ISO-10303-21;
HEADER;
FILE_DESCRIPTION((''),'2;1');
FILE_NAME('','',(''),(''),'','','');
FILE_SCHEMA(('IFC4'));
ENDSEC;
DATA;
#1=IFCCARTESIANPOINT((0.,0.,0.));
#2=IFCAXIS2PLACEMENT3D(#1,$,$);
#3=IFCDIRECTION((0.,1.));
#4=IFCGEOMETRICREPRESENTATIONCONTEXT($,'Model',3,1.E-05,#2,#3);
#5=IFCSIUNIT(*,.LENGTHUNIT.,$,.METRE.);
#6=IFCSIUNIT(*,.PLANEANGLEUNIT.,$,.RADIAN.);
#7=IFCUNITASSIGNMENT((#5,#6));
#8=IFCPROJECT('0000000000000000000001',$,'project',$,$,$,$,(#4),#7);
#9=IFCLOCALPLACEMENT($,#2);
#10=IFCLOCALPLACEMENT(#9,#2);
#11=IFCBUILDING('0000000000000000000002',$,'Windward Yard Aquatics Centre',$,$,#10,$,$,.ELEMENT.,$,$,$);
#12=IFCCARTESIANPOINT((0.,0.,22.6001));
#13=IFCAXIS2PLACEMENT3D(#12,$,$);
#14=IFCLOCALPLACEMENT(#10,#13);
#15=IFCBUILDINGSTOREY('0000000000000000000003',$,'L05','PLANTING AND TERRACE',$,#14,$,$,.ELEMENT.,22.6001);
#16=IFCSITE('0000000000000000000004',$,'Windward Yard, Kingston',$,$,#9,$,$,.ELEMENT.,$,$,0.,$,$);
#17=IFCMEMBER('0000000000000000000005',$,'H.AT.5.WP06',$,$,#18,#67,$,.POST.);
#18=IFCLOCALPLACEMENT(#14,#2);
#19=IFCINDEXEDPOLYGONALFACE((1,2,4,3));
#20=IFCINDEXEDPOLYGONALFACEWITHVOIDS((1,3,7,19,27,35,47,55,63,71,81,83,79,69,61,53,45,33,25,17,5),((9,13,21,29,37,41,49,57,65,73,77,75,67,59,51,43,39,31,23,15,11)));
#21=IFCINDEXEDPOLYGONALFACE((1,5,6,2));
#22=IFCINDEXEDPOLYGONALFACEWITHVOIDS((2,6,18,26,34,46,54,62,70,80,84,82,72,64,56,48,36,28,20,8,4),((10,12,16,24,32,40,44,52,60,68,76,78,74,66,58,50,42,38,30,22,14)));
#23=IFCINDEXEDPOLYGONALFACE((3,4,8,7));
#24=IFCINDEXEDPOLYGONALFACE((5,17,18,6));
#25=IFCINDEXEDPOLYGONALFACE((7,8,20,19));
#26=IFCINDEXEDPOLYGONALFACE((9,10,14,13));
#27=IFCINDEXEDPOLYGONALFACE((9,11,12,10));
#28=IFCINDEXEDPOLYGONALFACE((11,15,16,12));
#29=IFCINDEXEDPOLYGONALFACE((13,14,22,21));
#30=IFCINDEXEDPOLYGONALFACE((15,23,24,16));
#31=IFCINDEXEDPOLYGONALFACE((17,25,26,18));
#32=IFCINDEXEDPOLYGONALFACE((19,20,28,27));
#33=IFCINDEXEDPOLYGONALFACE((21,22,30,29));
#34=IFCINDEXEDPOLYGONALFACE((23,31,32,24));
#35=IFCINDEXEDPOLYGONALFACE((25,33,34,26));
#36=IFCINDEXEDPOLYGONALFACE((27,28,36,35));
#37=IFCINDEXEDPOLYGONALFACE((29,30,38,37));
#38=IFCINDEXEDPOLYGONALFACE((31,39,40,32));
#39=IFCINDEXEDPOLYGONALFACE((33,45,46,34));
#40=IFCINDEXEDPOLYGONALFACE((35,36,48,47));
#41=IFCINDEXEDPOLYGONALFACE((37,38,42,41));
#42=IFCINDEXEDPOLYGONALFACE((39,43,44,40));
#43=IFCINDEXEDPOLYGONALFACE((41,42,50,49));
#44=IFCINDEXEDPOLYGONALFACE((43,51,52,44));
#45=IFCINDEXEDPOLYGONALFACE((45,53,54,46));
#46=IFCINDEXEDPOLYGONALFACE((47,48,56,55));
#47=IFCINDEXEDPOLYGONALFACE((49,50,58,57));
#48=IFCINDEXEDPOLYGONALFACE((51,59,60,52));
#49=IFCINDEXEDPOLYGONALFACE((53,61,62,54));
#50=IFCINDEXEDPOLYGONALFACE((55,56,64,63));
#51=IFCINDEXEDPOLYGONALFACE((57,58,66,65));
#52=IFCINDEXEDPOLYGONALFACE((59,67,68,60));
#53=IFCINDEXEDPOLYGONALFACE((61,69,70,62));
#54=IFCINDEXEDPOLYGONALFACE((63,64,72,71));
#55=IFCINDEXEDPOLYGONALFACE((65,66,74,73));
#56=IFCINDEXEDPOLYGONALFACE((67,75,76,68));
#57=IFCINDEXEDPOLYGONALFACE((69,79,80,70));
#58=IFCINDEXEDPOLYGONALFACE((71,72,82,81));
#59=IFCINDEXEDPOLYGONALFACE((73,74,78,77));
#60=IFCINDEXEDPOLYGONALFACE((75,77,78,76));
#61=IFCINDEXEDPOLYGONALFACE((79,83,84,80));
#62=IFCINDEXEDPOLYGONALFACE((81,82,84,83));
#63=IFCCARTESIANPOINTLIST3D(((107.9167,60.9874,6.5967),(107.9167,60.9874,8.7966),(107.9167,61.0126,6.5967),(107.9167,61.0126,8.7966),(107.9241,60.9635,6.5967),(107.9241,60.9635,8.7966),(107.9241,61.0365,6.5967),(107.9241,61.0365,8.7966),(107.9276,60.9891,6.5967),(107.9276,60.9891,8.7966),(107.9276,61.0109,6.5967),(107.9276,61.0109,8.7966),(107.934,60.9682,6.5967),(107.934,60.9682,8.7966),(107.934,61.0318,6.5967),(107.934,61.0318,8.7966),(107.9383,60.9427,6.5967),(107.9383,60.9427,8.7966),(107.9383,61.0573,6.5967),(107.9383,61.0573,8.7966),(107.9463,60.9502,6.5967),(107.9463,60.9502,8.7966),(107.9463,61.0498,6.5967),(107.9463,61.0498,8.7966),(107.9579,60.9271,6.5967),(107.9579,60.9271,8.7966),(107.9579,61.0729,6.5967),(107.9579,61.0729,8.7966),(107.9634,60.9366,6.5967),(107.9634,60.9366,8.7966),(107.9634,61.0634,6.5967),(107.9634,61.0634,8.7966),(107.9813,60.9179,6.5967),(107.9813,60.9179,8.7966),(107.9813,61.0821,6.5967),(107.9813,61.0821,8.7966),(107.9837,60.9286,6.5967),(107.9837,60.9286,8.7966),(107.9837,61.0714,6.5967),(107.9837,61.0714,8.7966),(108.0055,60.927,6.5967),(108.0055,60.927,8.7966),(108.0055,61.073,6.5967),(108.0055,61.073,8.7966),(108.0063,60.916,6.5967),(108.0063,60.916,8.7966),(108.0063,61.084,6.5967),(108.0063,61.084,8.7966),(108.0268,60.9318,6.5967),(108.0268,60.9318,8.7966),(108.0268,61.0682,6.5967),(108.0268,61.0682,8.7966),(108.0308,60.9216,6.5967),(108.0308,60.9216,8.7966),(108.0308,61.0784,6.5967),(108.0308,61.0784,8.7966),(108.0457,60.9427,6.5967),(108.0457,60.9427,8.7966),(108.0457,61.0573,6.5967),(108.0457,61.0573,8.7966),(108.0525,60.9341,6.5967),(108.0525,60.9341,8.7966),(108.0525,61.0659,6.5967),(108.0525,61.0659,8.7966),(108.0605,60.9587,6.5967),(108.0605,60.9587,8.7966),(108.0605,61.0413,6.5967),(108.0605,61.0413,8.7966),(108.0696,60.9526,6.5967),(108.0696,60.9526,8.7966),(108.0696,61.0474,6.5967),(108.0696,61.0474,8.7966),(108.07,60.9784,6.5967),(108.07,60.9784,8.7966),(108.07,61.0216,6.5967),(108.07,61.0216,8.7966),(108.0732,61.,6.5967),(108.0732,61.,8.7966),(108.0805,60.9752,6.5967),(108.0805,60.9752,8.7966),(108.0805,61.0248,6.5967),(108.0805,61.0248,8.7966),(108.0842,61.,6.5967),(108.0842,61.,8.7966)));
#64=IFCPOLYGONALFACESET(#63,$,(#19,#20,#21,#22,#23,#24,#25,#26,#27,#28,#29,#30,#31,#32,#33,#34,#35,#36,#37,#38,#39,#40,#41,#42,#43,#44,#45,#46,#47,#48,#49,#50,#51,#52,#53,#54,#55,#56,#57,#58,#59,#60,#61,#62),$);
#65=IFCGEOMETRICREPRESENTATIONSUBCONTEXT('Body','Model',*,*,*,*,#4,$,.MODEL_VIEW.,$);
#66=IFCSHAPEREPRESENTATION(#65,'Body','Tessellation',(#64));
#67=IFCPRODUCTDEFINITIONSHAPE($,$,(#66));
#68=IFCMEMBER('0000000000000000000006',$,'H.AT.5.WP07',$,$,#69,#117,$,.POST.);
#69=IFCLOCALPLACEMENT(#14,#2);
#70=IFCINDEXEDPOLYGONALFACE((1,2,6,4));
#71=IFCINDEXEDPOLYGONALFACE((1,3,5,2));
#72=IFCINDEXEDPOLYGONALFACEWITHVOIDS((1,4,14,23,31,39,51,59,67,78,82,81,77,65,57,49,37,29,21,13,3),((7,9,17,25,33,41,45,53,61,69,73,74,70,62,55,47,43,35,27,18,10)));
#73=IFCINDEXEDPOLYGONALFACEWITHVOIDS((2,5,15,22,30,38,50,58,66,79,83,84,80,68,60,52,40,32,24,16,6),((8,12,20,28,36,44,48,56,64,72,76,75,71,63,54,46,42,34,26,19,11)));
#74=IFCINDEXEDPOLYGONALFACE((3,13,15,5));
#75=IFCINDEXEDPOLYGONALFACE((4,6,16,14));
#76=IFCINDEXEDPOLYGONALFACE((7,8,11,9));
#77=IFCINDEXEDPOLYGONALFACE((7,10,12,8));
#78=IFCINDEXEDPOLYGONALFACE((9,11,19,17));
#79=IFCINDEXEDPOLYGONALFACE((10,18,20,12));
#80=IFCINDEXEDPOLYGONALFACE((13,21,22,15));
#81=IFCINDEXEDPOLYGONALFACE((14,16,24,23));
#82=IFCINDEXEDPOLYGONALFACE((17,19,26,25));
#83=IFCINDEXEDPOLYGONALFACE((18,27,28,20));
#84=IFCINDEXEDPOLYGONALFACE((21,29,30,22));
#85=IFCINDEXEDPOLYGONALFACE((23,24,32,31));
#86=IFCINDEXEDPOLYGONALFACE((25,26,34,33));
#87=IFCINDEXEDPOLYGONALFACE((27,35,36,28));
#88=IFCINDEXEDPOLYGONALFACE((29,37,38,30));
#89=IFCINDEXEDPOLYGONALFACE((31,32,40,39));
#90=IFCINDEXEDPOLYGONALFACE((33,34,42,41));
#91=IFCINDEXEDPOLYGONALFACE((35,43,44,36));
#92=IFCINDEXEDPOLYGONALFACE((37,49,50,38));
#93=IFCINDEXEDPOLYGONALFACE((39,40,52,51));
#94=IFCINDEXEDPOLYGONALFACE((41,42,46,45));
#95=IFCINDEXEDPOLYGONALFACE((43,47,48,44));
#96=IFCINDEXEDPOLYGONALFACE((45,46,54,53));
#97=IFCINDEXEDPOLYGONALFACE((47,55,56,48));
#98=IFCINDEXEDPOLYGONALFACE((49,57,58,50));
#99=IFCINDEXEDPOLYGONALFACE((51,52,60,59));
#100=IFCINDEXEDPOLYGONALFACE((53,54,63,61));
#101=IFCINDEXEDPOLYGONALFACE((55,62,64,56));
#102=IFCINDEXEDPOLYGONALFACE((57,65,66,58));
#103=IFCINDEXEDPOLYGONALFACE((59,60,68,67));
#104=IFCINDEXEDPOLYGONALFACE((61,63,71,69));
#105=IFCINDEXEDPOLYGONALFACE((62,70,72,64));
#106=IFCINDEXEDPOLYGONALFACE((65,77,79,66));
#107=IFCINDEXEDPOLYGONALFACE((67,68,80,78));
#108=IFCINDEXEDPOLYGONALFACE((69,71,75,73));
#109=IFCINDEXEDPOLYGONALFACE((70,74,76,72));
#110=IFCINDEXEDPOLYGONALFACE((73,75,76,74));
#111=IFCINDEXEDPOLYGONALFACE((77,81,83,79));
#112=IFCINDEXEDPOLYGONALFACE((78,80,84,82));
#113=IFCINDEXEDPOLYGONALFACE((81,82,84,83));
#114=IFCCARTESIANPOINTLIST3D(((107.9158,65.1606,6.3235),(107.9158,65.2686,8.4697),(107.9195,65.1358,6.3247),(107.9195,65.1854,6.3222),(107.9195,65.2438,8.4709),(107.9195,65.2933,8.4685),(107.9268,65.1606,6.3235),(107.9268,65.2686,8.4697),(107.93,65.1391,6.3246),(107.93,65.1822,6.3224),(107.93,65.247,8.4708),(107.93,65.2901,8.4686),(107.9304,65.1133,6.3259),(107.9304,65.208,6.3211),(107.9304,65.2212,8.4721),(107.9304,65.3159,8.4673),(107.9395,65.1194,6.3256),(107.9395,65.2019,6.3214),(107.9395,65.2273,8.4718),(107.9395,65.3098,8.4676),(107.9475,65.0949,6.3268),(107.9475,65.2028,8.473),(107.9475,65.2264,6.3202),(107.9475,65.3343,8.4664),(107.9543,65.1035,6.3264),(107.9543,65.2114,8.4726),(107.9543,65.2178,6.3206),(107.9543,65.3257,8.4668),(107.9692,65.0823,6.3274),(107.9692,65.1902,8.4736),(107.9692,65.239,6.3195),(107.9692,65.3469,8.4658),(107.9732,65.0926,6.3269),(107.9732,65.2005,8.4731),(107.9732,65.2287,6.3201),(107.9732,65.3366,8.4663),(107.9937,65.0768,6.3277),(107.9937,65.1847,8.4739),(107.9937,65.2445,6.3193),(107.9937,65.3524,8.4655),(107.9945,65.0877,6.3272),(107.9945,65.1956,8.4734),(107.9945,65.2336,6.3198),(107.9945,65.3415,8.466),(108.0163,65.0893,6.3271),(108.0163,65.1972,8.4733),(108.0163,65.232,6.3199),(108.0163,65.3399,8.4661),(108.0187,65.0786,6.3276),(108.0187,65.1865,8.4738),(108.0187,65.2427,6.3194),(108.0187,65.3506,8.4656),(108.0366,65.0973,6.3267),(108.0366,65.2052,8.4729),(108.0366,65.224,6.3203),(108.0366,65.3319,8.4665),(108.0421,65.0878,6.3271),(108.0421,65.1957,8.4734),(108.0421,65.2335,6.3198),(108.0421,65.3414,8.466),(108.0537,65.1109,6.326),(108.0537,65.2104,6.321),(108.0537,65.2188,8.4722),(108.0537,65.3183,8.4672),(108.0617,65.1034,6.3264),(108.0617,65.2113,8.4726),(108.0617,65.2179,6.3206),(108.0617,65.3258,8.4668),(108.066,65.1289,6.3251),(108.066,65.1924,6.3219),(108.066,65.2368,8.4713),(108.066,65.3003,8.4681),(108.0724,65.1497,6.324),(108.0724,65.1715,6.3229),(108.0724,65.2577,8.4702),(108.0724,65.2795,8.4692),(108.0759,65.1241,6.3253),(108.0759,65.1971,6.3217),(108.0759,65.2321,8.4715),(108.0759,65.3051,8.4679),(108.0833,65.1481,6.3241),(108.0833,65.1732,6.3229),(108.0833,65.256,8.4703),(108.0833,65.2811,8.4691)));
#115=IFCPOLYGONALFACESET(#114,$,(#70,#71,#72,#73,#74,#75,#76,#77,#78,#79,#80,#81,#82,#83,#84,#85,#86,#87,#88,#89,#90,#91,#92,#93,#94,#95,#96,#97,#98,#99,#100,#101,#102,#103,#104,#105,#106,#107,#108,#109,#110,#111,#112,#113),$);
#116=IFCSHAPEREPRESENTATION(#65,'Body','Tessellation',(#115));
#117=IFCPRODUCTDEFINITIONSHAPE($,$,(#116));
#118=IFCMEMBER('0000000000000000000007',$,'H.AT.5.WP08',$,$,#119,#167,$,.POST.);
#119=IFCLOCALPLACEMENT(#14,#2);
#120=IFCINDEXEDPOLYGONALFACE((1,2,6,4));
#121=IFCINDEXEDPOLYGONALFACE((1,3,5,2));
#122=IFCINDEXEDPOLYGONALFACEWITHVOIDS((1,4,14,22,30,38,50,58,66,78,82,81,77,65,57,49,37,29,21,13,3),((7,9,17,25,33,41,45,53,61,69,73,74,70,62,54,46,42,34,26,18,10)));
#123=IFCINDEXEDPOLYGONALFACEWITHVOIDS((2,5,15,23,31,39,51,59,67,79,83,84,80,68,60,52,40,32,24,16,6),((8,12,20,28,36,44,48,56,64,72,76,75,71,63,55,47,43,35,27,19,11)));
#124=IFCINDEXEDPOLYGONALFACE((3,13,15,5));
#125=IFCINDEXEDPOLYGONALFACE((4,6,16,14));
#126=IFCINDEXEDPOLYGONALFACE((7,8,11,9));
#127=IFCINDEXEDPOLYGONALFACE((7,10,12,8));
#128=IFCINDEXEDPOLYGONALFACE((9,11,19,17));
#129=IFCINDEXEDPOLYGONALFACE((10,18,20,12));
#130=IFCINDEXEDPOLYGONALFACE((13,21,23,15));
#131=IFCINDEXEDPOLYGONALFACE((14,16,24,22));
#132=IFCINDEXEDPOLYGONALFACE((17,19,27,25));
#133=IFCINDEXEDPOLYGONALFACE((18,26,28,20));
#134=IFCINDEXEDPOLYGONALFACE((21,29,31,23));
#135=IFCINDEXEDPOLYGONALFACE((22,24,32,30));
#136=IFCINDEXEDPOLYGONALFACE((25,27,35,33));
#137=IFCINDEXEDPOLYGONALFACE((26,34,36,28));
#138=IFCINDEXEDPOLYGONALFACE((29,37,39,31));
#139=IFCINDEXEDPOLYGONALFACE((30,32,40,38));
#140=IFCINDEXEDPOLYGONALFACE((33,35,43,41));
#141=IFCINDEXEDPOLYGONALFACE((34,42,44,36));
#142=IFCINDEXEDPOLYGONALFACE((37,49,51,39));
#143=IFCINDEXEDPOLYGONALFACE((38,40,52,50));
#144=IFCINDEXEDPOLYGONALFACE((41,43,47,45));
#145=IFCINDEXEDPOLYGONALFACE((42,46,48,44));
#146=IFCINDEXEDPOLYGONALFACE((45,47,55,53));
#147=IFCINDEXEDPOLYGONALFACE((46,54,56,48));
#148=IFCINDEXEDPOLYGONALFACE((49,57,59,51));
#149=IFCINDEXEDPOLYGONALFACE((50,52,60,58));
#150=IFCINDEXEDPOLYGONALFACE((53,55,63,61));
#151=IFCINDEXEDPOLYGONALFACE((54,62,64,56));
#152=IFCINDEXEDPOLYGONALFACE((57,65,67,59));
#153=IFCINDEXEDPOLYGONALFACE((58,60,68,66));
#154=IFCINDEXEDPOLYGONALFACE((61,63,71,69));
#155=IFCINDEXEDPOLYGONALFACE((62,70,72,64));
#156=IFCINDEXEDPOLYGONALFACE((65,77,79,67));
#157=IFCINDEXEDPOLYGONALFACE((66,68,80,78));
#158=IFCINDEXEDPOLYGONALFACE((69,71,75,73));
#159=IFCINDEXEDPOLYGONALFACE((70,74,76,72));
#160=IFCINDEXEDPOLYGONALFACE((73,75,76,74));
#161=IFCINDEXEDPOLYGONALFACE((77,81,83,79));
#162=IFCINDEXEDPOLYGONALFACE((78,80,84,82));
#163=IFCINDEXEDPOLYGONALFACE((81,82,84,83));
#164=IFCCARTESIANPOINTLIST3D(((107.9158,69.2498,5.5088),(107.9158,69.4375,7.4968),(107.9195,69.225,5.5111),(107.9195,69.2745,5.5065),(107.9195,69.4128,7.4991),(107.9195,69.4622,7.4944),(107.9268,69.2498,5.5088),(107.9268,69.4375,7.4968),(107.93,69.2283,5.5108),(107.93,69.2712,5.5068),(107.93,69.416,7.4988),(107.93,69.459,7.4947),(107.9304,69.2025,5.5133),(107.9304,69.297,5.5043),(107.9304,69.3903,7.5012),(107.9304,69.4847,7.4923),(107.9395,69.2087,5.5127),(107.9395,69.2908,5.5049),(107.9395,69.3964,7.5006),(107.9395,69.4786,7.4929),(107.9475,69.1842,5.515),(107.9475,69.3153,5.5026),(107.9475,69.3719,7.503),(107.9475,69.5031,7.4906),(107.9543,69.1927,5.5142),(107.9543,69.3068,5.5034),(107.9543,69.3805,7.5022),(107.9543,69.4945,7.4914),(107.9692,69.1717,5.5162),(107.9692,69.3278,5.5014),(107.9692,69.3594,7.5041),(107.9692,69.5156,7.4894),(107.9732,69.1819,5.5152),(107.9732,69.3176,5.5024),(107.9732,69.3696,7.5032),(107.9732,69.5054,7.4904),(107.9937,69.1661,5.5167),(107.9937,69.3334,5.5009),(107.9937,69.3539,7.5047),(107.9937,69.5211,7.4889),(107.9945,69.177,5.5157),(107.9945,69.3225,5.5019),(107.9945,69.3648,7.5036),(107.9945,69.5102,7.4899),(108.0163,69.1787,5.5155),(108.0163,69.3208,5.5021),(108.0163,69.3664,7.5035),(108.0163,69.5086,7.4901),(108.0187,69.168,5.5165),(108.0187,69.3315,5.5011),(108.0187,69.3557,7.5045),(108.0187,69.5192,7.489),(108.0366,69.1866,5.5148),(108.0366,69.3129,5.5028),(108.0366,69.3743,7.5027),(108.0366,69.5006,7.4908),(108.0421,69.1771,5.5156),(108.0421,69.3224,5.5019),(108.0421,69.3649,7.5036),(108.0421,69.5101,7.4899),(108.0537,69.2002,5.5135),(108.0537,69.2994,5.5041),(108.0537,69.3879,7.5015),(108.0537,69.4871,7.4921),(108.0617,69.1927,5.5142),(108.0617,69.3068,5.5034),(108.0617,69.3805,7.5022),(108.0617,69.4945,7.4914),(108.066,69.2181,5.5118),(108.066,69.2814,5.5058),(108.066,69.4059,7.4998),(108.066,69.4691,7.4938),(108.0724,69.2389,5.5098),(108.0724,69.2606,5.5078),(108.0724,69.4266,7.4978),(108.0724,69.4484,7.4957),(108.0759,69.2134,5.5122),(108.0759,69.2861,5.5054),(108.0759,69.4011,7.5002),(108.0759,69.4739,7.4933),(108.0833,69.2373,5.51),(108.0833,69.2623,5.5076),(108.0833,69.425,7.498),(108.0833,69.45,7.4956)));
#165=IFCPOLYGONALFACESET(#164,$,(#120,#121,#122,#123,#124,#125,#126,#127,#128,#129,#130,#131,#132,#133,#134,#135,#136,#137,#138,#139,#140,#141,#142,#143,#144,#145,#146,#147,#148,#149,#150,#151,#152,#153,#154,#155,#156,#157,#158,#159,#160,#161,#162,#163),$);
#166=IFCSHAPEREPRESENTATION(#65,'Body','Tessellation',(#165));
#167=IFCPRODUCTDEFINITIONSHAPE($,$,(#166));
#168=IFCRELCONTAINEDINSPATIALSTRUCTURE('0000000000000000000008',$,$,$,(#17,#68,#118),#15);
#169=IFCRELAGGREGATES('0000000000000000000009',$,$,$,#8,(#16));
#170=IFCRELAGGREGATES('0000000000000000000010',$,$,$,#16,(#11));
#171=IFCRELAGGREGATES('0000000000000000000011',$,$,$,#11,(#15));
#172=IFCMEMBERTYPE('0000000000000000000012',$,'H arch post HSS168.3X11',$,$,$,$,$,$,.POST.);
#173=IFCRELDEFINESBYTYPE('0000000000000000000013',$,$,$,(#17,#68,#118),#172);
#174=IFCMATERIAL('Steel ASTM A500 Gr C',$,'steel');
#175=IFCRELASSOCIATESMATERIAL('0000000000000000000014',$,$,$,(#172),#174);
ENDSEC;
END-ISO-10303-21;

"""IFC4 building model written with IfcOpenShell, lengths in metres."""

from ifc_helpers import new_model, si_unit, direction, frame, origin, origin_2d, place, context, subcontext, project, spatial, hollow_circle, extrude, material, material_profile, profile_set, type_object, element, save


model = new_model("IFC4")

# Units and contexts
model_context = context("Model", 3, precision=1e-05, world=origin(), true_north=direction((0.0, 1.0)))
body_context = subcontext(model_context, "Body", "Model", "MODEL_VIEW")
ifc_project = project(units=[si_unit("LENGTHUNIT", "METRE"), si_unit("PLANEANGLEUNIT", "RADIAN")], contexts=[model_context])

# Site, building, storey
site_placement = place(None, origin())
site = spatial("IfcSite", under=ifc_project, at=site_placement, Name="Windward Yard, Kingston", CompositionType="ELEMENT", RefElevation=0.0)
building_placement = place(site_placement, origin())
building = spatial("IfcBuilding", under=site, at=building_placement, Name="Windward Yard Aquatics Centre", CompositionType="ELEMENT")
storey_placement = place(building_placement, frame((0.0, 0.0, 22.6001)))
storey = spatial("IfcBuildingStorey", under=building, at=storey_placement, Name="L05", Description="PLANTING AND TERRACE", CompositionType="ELEMENT", Elevation=22.6001)

# Members
ifc_material_1 = material(Name="Steel ASTM A500 Gr C", Category="steel")
ifc_material_profile_1 = material_profile(ifc_material_1, hollow_circle(Radius=0.0842, WallThickness=0.011, at=origin_2d()), Name="HSS168.3X11")
ifc_profile_set_1 = profile_set([ifc_material_profile_1], Name="Steel ASTM A500 Gr C")
member_type_1 = type_object("IfcMemberType", Name="H arch post HSS168.3X11", PredefinedType="POST", material=ifc_profile_set_1)
member_1_placement = place(storey_placement, frame((108.0, 61.0, 6.5967), z_axis=(0.0, 0.0, 1.0), x_axis=(1.0, 0.0, 0.0)))
element("IfcMember", 1, at=member_1_placement, inside=storey, type_object=member_type_1, Name="H.AT.5.WP06", PredefinedType="POST", context=body_context, shape_type="SweptSolid", body=[
    extrude(hollow_circle(Radius=0.0842, WallThickness=0.011, at=origin_2d()), origin(), (0.0, 0.0, 1.0), 2.2),
])
member_2_placement = place(storey_placement, frame((108.0, 65.1606, 6.3235), z_axis=(0.0, 0.050215, 0.998738), x_axis=(-1.0, 0.0, 0.0)))
element("IfcMember", 2, at=member_2_placement, inside=storey, type_object=member_type_1, Name="H.AT.5.WP07", PredefinedType="POST", context=body_context, shape_type="SweptSolid", body=[
    extrude(hollow_circle(Radius=0.0842, WallThickness=0.011, at=origin_2d()), origin(), (0.0, 0.0, 1.0), 2.1489),
])
member_3_placement = place(storey_placement, frame((108.0, 69.2498, 5.5088), z_axis=(0.0, 0.094019, 0.99557), x_axis=(-1.0, 0.0, 0.0)))
element("IfcMember", 3, at=member_3_placement, inside=storey, type_object=member_type_1, Name="H.AT.5.WP08", PredefinedType="POST", context=body_context, shape_type="SweptSolid", body=[
    extrude(hollow_circle(Radius=0.0842, WallThickness=0.011, at=origin_2d()), origin(), (0.0, 0.0, 1.0), 1.9968),
])

save(model, "model.ifc")
